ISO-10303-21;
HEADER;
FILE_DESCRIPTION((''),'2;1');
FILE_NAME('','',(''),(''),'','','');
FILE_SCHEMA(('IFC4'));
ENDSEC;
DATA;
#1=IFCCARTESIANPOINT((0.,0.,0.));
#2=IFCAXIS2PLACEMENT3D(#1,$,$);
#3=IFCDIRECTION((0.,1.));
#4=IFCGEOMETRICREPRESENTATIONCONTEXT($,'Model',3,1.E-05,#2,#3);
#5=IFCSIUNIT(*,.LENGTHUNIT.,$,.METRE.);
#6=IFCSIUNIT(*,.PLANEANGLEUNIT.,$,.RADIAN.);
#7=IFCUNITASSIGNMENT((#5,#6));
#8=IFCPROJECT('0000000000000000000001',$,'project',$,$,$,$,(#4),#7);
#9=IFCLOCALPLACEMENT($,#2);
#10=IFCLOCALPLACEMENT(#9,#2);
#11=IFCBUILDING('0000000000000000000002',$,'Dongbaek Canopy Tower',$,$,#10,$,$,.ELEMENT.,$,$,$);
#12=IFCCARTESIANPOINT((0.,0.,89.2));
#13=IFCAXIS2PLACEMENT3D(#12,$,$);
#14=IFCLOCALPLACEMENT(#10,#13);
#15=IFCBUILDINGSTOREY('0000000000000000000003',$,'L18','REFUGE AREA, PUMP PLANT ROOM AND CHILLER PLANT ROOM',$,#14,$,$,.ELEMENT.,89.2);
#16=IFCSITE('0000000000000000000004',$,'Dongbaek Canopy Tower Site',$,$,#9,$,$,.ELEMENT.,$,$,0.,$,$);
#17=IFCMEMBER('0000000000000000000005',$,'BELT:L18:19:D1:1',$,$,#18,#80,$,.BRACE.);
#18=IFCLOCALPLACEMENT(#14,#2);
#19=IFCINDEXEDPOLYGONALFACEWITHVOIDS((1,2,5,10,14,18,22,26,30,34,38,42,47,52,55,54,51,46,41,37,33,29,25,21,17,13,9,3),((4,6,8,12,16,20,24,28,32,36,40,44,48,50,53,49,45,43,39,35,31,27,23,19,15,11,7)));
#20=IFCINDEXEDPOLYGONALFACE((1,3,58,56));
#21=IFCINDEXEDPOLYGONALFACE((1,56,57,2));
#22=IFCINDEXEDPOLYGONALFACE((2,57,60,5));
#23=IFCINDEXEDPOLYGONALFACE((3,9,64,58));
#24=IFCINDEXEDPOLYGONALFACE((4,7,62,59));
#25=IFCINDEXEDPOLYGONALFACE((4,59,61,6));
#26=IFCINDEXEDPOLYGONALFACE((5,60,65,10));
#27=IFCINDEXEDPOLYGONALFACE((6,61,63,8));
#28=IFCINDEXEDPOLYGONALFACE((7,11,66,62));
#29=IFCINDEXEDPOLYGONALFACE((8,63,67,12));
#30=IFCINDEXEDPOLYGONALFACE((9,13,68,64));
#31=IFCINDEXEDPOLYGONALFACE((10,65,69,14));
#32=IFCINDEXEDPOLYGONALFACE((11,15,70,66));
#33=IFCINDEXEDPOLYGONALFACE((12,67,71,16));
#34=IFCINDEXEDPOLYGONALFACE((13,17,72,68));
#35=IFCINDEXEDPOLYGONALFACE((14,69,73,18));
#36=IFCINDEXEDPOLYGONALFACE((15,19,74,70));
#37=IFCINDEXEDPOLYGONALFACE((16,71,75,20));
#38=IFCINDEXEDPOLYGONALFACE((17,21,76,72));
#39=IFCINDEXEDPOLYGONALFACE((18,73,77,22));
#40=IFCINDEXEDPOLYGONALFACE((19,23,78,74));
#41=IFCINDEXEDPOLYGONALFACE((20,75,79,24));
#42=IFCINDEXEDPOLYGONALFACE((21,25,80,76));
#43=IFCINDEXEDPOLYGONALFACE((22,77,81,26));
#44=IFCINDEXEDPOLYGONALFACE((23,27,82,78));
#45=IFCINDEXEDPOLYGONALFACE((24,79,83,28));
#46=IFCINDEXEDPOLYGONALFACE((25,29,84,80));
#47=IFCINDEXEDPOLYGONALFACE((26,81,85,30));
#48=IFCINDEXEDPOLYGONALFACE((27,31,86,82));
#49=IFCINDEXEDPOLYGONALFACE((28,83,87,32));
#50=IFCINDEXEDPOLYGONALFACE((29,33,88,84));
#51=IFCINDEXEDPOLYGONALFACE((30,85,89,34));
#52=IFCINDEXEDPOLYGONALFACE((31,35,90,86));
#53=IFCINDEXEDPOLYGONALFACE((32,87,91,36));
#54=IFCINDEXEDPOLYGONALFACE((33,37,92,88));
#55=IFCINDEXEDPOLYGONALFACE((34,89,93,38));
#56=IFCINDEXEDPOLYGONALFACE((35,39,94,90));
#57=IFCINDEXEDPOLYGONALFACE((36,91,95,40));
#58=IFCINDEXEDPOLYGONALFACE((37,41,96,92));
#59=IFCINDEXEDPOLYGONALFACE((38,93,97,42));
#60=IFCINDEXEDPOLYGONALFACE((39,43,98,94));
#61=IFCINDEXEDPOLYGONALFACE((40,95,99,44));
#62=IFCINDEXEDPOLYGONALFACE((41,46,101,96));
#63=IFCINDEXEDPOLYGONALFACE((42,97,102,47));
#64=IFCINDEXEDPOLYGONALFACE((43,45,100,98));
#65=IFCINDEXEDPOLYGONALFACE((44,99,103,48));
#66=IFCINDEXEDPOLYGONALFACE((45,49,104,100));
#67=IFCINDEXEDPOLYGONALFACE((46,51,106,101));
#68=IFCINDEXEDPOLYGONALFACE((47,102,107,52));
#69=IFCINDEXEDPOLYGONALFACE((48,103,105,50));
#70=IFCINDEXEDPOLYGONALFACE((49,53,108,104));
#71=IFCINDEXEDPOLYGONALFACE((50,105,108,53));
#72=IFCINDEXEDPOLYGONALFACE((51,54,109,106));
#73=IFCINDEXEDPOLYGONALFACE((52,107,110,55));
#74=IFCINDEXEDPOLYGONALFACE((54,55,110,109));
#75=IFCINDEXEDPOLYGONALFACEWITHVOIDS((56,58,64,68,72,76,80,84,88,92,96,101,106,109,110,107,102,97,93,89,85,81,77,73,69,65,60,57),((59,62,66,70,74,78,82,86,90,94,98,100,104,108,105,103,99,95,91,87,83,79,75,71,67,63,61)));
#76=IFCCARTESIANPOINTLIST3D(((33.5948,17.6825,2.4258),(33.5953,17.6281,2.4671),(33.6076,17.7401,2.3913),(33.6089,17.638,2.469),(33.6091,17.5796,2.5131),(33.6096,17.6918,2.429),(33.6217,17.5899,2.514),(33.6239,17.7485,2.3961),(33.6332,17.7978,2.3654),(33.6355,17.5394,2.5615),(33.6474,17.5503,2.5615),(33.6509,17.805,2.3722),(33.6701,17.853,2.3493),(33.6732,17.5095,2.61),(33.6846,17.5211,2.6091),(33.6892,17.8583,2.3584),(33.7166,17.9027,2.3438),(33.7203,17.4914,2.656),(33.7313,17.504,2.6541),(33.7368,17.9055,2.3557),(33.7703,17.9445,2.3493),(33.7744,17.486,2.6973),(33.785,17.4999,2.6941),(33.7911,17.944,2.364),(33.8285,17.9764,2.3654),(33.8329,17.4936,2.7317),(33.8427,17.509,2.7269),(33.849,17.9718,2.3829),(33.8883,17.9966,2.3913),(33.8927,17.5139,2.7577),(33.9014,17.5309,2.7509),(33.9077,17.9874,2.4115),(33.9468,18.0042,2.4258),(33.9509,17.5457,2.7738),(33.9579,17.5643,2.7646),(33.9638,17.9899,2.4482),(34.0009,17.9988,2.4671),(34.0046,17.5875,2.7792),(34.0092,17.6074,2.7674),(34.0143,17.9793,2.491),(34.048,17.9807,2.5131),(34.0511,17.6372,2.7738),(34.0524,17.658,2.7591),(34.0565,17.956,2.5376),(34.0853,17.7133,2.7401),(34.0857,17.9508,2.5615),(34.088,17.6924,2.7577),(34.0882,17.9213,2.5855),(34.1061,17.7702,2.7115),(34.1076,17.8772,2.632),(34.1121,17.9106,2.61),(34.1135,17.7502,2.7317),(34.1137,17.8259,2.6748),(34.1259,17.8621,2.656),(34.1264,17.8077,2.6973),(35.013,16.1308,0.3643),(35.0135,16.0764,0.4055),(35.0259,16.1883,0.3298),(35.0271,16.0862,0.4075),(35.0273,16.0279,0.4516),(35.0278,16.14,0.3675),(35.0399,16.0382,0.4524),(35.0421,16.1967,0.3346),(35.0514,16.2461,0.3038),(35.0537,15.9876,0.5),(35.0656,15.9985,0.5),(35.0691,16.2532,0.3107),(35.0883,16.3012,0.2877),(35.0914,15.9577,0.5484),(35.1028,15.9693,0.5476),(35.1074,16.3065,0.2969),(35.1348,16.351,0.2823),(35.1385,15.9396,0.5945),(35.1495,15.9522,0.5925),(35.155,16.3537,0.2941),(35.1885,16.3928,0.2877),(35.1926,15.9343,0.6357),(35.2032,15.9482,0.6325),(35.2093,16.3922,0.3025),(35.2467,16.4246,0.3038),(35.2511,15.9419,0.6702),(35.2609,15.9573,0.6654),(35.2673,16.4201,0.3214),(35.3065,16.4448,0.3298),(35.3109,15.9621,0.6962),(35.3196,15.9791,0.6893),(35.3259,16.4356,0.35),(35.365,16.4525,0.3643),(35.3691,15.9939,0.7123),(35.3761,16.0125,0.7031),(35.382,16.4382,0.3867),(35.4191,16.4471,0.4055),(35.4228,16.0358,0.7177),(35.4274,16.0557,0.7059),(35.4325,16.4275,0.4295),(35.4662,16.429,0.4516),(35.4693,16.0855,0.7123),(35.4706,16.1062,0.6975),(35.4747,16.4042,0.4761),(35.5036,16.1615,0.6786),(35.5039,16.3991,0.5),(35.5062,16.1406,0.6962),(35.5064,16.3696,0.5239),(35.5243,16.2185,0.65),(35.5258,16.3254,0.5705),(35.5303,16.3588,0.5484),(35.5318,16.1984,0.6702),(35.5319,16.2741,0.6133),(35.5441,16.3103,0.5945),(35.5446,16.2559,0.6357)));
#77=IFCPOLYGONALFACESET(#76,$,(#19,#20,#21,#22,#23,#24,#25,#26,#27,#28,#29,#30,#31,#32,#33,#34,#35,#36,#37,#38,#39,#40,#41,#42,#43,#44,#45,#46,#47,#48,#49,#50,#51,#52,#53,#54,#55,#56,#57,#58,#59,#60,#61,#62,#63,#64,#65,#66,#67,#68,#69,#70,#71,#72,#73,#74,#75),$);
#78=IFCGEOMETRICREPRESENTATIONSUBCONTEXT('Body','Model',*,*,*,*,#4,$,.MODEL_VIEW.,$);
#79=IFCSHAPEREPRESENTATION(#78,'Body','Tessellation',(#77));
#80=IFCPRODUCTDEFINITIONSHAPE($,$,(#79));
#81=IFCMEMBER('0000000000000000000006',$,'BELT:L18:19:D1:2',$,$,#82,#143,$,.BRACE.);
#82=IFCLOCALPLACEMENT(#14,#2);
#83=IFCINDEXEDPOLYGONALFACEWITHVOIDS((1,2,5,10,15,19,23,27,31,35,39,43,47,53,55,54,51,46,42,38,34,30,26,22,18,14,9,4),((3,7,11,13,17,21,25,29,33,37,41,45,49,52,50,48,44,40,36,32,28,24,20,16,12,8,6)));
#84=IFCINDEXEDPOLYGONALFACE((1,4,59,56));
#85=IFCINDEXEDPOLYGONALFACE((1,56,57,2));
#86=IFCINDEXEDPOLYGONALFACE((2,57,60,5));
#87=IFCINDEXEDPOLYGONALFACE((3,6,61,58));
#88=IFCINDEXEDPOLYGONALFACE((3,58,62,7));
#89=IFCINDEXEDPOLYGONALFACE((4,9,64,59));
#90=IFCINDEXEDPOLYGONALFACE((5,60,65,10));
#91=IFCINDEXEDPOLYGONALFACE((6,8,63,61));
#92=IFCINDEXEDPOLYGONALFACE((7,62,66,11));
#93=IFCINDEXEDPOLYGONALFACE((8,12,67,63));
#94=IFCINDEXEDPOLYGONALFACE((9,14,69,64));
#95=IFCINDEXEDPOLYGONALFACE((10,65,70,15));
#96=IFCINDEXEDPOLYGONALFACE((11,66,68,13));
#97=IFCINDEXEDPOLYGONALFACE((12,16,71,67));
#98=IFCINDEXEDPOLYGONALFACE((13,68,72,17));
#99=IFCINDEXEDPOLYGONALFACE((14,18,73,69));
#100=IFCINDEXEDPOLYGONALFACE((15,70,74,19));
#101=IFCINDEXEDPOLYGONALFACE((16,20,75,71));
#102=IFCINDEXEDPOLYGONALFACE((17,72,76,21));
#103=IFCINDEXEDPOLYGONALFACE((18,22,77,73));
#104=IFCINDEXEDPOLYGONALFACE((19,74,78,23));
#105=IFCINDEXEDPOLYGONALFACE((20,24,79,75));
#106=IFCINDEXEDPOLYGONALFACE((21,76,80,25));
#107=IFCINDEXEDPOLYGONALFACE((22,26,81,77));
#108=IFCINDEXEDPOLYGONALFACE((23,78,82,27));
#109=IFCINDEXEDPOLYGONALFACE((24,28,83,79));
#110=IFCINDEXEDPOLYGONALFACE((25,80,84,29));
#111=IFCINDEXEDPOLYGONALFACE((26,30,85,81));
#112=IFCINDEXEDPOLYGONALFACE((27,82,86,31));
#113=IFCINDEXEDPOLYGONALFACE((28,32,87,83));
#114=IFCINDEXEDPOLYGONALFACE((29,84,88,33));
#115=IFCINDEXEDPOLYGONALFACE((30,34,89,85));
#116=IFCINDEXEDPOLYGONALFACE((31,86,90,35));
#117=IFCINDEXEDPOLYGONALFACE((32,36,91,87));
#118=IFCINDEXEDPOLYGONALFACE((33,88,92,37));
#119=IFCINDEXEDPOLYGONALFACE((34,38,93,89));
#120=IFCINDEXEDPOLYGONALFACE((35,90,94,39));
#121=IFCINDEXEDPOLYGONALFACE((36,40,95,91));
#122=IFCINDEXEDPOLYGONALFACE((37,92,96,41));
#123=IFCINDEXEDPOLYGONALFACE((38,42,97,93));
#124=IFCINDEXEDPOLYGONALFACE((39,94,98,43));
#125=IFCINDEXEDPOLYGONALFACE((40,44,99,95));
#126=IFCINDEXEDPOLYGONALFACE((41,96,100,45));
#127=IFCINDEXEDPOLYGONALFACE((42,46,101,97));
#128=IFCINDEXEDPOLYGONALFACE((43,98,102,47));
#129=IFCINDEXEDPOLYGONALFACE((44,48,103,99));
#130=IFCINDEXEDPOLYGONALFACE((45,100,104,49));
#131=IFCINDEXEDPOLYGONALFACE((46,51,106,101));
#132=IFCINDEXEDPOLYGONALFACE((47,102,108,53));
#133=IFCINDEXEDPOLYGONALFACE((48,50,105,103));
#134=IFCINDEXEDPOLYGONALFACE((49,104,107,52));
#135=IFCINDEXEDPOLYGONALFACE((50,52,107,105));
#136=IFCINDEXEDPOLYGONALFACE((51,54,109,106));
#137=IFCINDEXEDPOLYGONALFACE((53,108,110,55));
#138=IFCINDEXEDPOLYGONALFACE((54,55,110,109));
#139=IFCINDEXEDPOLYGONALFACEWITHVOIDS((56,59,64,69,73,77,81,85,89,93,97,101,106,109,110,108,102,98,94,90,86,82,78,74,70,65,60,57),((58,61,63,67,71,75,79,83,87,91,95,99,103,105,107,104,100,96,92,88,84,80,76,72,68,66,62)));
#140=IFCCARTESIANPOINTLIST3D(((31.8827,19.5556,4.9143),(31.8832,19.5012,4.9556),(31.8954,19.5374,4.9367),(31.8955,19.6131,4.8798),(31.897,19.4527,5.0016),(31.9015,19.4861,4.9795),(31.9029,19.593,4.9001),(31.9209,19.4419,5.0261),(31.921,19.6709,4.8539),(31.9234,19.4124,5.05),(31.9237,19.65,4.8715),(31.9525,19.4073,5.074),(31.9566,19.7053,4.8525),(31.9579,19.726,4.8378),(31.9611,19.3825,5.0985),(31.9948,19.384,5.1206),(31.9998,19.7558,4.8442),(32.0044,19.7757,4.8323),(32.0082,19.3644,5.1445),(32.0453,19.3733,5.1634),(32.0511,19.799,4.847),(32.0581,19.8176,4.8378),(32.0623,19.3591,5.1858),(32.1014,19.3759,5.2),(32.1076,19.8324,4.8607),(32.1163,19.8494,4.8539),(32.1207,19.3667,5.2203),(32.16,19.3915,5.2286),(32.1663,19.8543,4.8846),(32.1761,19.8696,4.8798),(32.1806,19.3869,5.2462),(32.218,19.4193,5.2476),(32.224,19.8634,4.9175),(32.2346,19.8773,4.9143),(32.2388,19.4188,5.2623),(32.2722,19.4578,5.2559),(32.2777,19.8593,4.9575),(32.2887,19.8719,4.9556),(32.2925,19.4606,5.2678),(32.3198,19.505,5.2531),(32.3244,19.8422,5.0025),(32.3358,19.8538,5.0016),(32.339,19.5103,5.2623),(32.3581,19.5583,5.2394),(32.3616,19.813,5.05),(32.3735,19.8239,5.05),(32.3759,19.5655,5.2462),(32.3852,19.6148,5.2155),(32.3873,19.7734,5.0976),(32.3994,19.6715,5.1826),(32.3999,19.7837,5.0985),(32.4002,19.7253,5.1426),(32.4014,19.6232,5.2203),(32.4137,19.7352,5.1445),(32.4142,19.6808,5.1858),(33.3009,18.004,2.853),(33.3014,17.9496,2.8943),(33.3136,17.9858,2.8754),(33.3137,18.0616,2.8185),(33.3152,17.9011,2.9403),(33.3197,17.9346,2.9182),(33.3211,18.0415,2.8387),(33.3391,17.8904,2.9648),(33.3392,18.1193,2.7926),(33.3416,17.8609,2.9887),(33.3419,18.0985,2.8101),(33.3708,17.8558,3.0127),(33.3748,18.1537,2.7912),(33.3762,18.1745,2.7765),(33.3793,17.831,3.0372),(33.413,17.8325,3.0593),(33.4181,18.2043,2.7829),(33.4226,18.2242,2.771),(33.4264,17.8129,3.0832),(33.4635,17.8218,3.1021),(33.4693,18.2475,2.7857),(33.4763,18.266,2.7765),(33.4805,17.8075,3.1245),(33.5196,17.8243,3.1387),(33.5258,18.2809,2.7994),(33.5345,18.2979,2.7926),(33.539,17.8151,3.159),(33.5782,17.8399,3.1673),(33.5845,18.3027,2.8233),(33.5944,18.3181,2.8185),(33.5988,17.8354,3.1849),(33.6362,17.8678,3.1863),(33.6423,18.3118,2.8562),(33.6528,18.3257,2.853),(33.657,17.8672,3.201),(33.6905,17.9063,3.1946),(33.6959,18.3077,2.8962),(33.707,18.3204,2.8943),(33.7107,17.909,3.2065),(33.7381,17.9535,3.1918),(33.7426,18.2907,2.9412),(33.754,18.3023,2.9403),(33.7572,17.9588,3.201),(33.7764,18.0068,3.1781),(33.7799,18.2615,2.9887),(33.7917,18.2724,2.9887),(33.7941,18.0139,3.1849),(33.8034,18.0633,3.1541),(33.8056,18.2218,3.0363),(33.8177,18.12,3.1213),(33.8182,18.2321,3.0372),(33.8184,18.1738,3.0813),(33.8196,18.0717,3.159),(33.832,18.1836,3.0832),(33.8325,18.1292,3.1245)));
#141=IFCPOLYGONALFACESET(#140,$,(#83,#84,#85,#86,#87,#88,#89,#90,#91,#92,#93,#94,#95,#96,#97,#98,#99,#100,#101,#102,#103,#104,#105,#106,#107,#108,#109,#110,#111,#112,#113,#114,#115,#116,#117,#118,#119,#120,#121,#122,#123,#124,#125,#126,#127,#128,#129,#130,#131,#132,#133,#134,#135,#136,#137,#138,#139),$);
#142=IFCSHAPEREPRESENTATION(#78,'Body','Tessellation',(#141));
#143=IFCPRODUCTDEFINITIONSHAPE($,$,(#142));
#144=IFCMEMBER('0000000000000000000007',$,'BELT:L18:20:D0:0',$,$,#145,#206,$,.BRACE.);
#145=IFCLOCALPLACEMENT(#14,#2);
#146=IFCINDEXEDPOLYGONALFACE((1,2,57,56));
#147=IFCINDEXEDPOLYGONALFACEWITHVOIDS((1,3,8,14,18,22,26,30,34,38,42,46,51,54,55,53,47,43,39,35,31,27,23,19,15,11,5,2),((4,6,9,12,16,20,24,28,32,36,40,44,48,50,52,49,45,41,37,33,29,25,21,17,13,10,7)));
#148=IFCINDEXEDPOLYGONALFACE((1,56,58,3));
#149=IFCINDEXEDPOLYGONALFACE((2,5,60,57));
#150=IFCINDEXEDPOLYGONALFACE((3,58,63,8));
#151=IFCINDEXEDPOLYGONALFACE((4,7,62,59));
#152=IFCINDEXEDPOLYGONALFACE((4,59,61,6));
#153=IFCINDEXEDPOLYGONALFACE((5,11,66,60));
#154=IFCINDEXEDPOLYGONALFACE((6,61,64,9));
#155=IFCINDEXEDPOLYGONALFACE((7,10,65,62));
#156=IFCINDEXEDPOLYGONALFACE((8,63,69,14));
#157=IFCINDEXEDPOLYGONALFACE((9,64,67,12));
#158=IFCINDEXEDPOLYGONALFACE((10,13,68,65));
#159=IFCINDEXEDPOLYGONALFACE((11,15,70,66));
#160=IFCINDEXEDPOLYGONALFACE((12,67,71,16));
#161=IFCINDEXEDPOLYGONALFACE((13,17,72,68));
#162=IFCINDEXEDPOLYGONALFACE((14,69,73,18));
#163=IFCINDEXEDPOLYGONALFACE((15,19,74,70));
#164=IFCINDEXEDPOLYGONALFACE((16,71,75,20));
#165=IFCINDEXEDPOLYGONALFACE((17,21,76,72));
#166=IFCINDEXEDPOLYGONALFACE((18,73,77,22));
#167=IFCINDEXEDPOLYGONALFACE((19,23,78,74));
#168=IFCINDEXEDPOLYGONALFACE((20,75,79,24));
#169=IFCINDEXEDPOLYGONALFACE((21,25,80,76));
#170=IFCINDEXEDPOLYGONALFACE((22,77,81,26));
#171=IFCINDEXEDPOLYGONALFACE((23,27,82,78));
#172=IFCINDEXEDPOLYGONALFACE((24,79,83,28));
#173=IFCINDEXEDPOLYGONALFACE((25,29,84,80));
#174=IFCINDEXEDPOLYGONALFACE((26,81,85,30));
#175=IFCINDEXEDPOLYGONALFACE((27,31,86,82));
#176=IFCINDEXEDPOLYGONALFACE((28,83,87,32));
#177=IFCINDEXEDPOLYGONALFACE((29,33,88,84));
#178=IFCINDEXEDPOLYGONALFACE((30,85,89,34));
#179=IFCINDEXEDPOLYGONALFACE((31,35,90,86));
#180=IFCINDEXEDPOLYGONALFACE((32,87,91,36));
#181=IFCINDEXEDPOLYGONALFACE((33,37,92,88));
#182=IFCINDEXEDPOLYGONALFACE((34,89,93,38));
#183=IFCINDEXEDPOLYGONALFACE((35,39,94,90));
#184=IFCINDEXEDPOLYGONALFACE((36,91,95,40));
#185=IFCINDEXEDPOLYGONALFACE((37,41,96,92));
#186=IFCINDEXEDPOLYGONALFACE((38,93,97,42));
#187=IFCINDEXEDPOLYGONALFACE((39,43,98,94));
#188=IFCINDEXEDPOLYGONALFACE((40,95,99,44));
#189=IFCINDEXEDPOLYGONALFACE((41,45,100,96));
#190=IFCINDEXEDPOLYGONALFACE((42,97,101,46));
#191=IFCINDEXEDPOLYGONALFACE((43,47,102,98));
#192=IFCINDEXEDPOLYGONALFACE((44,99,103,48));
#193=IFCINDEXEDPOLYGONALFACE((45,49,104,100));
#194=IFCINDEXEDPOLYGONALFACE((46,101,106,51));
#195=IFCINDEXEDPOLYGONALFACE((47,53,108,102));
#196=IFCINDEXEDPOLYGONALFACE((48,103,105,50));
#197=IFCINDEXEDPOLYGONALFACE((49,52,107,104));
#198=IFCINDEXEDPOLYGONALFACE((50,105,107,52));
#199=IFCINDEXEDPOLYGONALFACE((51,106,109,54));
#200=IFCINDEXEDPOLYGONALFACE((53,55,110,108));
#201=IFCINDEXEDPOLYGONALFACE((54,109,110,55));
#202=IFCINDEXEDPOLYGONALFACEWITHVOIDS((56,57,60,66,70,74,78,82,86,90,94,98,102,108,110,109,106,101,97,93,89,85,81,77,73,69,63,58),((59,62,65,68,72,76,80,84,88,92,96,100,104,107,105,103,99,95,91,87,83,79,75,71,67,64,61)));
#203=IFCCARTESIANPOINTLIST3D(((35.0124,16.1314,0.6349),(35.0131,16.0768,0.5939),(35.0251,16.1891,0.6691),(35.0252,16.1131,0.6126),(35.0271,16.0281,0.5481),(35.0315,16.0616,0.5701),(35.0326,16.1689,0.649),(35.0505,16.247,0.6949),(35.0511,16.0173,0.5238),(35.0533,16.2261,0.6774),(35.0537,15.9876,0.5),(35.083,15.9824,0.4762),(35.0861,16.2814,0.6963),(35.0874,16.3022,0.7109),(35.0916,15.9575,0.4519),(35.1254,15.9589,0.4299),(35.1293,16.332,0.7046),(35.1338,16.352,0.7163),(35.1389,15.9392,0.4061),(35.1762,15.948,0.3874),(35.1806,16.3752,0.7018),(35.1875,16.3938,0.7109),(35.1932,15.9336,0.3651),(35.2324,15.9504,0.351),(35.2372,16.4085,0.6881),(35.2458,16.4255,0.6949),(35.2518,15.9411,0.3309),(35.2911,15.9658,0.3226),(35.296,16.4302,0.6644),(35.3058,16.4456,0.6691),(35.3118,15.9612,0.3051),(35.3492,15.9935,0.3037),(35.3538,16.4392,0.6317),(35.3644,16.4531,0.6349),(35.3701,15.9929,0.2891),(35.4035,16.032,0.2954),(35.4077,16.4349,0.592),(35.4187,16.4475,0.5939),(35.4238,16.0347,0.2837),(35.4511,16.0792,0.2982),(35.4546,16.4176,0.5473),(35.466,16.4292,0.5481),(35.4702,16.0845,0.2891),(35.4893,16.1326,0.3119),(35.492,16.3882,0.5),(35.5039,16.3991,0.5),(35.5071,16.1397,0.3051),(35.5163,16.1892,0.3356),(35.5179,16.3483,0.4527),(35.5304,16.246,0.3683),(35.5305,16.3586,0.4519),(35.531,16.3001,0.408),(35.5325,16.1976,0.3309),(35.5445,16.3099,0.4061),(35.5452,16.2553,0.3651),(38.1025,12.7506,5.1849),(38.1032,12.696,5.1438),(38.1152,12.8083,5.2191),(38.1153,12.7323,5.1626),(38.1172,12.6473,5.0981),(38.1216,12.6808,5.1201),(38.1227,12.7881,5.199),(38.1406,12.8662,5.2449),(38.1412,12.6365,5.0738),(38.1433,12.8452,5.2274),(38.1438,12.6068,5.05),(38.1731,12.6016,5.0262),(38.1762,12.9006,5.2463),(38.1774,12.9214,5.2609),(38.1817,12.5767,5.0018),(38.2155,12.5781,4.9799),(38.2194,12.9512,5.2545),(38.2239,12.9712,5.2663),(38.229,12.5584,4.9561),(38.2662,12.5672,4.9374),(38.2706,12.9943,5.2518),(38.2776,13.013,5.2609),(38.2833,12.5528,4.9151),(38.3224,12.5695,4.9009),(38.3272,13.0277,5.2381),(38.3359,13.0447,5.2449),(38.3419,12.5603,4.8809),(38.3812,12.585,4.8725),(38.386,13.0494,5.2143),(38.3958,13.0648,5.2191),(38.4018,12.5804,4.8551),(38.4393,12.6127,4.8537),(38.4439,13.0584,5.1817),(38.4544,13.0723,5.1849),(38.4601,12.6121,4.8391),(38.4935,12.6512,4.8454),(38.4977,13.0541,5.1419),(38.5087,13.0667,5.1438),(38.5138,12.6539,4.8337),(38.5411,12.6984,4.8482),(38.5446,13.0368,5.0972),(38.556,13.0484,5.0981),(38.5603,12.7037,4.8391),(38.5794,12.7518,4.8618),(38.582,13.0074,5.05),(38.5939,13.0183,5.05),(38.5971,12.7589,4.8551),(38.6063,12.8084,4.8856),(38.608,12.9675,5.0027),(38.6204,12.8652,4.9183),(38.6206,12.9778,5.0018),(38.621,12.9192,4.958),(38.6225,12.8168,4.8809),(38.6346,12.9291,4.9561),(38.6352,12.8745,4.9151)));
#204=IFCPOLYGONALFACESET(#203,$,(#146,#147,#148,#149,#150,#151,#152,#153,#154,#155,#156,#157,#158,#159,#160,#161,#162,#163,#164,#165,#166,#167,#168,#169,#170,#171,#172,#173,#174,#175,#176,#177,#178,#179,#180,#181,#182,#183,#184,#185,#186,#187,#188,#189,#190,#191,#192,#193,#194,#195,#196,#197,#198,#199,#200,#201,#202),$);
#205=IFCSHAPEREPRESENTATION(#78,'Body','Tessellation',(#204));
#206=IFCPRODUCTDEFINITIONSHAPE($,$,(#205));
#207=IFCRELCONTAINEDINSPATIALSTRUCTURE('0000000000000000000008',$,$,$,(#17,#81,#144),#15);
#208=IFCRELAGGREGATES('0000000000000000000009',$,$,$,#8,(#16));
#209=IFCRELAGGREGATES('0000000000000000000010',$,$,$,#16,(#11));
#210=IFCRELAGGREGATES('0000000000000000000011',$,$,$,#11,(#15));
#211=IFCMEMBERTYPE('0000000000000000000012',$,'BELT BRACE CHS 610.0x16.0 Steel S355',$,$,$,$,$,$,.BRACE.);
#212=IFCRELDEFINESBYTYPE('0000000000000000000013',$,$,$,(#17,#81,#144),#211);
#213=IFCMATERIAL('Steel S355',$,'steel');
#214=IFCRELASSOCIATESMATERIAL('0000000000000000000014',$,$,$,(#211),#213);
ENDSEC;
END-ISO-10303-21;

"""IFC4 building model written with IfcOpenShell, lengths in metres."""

from ifc_helpers import new_model, si_unit, direction, frame, origin, origin_2d, place, context, subcontext, project, spatial, hollow_circle, extrude, material, material_profile, profile_set, type_object, element, save


model = new_model("IFC4")

# Units and contexts
model_context = context("Model", 3, precision=1e-05, world=origin(), true_north=direction((0.0, 1.0)))
body_context = subcontext(model_context, "Body", "Model", "MODEL_VIEW")
ifc_project = project(units=[si_unit("LENGTHUNIT", "METRE"), si_unit("PLANEANGLEUNIT", "RADIAN")], contexts=[model_context])

# Site, building, storey
site_placement = place(None, origin())
site = spatial("IfcSite", under=ifc_project, at=site_placement, Name="Dongbaek Canopy Tower Site", CompositionType="ELEMENT", RefElevation=0.0)
building_placement = place(site_placement, origin())
building = spatial("IfcBuilding", under=site, at=building_placement, Name="Dongbaek Canopy Tower", CompositionType="ELEMENT")
storey_placement = place(building_placement, frame((0.0, 0.0, 89.2)))
storey = spatial("IfcBuildingStorey", under=building, at=storey_placement, Name="L18", Description="REFUGE AREA, PUMP PLANT ROOM AND CHILLER PLANT ROOM", CompositionType="ELEMENT", Elevation=89.2)

# Members
ifc_material_1 = material(Name="Steel S355", Category="steel")
ifc_material_profile_1 = material_profile(ifc_material_1, hollow_circle(Radius=0.3049, WallThickness=0.0161, at=origin_2d()), Name="BELT BRACE CHS 610.0x16.0 Steel S355")
ifc_profile_set_1 = profile_set([ifc_material_profile_1], Name="Steel S355")
member_type_1 = type_object("IfcMemberType", Name="BELT BRACE CHS 610.0x16.0 Steel S355", PredefinedType="BRACE", material=ifc_profile_set_1)
member_1_placement = place(storey_placement, frame((35.2788, 16.1934, 0.5), z_axis=(-0.481674, 0.52703, 0.700164), x_axis=(-0.738156, -0.67463, 0.0)))
element("IfcMember", 1, at=member_1_placement, inside=storey, type_object=member_type_1, Name="BELT:L18:19:D1:1", PredefinedType="BRACE", context=body_context, shape_type="SweptSolid", body=[
    extrude(hollow_circle(Radius=0.3049, WallThickness=0.0161, at=origin_2d()), origin(), (0.0, 0.0, 1.0), 2.9443),
])
member_2_placement = place(storey_placement, frame((32.1484, 19.6182, 5.05), z_axis=(0.481723, -0.527001, -0.700152), x_axis=(0.738103, 0.674688, 0.0)))
element("IfcMember", 2, at=member_2_placement, inside=storey, type_object=member_type_1, Name="BELT:L18:19:D1:2", PredefinedType="BRACE", context=body_context, shape_type="SweptSolid", body=[
    extrude(hollow_circle(Radius=0.3049, WallThickness=0.0161, at=origin_2d()), origin(), (0.0, 0.0, 1.0), 2.9441),
])
member_3_placement = place(storey_placement, frame((35.2788, 16.1934, 0.5), z_axis=(0.478627, -0.523665, 0.704763), x_axis=(0.738136, 0.674652, 0.0)))
element("IfcMember", 3, at=member_3_placement, inside=storey, type_object=member_type_1, Name="BELT:L18:20:D0:0", PredefinedType="BRACE", context=body_context, shape_type="SweptSolid", body=[
    extrude(hollow_circle(Radius=0.3049, WallThickness=0.0161, at=origin_2d()), origin(), (0.0, 0.0, 1.0), 6.4561),
])

save(model, "model.ifc")
